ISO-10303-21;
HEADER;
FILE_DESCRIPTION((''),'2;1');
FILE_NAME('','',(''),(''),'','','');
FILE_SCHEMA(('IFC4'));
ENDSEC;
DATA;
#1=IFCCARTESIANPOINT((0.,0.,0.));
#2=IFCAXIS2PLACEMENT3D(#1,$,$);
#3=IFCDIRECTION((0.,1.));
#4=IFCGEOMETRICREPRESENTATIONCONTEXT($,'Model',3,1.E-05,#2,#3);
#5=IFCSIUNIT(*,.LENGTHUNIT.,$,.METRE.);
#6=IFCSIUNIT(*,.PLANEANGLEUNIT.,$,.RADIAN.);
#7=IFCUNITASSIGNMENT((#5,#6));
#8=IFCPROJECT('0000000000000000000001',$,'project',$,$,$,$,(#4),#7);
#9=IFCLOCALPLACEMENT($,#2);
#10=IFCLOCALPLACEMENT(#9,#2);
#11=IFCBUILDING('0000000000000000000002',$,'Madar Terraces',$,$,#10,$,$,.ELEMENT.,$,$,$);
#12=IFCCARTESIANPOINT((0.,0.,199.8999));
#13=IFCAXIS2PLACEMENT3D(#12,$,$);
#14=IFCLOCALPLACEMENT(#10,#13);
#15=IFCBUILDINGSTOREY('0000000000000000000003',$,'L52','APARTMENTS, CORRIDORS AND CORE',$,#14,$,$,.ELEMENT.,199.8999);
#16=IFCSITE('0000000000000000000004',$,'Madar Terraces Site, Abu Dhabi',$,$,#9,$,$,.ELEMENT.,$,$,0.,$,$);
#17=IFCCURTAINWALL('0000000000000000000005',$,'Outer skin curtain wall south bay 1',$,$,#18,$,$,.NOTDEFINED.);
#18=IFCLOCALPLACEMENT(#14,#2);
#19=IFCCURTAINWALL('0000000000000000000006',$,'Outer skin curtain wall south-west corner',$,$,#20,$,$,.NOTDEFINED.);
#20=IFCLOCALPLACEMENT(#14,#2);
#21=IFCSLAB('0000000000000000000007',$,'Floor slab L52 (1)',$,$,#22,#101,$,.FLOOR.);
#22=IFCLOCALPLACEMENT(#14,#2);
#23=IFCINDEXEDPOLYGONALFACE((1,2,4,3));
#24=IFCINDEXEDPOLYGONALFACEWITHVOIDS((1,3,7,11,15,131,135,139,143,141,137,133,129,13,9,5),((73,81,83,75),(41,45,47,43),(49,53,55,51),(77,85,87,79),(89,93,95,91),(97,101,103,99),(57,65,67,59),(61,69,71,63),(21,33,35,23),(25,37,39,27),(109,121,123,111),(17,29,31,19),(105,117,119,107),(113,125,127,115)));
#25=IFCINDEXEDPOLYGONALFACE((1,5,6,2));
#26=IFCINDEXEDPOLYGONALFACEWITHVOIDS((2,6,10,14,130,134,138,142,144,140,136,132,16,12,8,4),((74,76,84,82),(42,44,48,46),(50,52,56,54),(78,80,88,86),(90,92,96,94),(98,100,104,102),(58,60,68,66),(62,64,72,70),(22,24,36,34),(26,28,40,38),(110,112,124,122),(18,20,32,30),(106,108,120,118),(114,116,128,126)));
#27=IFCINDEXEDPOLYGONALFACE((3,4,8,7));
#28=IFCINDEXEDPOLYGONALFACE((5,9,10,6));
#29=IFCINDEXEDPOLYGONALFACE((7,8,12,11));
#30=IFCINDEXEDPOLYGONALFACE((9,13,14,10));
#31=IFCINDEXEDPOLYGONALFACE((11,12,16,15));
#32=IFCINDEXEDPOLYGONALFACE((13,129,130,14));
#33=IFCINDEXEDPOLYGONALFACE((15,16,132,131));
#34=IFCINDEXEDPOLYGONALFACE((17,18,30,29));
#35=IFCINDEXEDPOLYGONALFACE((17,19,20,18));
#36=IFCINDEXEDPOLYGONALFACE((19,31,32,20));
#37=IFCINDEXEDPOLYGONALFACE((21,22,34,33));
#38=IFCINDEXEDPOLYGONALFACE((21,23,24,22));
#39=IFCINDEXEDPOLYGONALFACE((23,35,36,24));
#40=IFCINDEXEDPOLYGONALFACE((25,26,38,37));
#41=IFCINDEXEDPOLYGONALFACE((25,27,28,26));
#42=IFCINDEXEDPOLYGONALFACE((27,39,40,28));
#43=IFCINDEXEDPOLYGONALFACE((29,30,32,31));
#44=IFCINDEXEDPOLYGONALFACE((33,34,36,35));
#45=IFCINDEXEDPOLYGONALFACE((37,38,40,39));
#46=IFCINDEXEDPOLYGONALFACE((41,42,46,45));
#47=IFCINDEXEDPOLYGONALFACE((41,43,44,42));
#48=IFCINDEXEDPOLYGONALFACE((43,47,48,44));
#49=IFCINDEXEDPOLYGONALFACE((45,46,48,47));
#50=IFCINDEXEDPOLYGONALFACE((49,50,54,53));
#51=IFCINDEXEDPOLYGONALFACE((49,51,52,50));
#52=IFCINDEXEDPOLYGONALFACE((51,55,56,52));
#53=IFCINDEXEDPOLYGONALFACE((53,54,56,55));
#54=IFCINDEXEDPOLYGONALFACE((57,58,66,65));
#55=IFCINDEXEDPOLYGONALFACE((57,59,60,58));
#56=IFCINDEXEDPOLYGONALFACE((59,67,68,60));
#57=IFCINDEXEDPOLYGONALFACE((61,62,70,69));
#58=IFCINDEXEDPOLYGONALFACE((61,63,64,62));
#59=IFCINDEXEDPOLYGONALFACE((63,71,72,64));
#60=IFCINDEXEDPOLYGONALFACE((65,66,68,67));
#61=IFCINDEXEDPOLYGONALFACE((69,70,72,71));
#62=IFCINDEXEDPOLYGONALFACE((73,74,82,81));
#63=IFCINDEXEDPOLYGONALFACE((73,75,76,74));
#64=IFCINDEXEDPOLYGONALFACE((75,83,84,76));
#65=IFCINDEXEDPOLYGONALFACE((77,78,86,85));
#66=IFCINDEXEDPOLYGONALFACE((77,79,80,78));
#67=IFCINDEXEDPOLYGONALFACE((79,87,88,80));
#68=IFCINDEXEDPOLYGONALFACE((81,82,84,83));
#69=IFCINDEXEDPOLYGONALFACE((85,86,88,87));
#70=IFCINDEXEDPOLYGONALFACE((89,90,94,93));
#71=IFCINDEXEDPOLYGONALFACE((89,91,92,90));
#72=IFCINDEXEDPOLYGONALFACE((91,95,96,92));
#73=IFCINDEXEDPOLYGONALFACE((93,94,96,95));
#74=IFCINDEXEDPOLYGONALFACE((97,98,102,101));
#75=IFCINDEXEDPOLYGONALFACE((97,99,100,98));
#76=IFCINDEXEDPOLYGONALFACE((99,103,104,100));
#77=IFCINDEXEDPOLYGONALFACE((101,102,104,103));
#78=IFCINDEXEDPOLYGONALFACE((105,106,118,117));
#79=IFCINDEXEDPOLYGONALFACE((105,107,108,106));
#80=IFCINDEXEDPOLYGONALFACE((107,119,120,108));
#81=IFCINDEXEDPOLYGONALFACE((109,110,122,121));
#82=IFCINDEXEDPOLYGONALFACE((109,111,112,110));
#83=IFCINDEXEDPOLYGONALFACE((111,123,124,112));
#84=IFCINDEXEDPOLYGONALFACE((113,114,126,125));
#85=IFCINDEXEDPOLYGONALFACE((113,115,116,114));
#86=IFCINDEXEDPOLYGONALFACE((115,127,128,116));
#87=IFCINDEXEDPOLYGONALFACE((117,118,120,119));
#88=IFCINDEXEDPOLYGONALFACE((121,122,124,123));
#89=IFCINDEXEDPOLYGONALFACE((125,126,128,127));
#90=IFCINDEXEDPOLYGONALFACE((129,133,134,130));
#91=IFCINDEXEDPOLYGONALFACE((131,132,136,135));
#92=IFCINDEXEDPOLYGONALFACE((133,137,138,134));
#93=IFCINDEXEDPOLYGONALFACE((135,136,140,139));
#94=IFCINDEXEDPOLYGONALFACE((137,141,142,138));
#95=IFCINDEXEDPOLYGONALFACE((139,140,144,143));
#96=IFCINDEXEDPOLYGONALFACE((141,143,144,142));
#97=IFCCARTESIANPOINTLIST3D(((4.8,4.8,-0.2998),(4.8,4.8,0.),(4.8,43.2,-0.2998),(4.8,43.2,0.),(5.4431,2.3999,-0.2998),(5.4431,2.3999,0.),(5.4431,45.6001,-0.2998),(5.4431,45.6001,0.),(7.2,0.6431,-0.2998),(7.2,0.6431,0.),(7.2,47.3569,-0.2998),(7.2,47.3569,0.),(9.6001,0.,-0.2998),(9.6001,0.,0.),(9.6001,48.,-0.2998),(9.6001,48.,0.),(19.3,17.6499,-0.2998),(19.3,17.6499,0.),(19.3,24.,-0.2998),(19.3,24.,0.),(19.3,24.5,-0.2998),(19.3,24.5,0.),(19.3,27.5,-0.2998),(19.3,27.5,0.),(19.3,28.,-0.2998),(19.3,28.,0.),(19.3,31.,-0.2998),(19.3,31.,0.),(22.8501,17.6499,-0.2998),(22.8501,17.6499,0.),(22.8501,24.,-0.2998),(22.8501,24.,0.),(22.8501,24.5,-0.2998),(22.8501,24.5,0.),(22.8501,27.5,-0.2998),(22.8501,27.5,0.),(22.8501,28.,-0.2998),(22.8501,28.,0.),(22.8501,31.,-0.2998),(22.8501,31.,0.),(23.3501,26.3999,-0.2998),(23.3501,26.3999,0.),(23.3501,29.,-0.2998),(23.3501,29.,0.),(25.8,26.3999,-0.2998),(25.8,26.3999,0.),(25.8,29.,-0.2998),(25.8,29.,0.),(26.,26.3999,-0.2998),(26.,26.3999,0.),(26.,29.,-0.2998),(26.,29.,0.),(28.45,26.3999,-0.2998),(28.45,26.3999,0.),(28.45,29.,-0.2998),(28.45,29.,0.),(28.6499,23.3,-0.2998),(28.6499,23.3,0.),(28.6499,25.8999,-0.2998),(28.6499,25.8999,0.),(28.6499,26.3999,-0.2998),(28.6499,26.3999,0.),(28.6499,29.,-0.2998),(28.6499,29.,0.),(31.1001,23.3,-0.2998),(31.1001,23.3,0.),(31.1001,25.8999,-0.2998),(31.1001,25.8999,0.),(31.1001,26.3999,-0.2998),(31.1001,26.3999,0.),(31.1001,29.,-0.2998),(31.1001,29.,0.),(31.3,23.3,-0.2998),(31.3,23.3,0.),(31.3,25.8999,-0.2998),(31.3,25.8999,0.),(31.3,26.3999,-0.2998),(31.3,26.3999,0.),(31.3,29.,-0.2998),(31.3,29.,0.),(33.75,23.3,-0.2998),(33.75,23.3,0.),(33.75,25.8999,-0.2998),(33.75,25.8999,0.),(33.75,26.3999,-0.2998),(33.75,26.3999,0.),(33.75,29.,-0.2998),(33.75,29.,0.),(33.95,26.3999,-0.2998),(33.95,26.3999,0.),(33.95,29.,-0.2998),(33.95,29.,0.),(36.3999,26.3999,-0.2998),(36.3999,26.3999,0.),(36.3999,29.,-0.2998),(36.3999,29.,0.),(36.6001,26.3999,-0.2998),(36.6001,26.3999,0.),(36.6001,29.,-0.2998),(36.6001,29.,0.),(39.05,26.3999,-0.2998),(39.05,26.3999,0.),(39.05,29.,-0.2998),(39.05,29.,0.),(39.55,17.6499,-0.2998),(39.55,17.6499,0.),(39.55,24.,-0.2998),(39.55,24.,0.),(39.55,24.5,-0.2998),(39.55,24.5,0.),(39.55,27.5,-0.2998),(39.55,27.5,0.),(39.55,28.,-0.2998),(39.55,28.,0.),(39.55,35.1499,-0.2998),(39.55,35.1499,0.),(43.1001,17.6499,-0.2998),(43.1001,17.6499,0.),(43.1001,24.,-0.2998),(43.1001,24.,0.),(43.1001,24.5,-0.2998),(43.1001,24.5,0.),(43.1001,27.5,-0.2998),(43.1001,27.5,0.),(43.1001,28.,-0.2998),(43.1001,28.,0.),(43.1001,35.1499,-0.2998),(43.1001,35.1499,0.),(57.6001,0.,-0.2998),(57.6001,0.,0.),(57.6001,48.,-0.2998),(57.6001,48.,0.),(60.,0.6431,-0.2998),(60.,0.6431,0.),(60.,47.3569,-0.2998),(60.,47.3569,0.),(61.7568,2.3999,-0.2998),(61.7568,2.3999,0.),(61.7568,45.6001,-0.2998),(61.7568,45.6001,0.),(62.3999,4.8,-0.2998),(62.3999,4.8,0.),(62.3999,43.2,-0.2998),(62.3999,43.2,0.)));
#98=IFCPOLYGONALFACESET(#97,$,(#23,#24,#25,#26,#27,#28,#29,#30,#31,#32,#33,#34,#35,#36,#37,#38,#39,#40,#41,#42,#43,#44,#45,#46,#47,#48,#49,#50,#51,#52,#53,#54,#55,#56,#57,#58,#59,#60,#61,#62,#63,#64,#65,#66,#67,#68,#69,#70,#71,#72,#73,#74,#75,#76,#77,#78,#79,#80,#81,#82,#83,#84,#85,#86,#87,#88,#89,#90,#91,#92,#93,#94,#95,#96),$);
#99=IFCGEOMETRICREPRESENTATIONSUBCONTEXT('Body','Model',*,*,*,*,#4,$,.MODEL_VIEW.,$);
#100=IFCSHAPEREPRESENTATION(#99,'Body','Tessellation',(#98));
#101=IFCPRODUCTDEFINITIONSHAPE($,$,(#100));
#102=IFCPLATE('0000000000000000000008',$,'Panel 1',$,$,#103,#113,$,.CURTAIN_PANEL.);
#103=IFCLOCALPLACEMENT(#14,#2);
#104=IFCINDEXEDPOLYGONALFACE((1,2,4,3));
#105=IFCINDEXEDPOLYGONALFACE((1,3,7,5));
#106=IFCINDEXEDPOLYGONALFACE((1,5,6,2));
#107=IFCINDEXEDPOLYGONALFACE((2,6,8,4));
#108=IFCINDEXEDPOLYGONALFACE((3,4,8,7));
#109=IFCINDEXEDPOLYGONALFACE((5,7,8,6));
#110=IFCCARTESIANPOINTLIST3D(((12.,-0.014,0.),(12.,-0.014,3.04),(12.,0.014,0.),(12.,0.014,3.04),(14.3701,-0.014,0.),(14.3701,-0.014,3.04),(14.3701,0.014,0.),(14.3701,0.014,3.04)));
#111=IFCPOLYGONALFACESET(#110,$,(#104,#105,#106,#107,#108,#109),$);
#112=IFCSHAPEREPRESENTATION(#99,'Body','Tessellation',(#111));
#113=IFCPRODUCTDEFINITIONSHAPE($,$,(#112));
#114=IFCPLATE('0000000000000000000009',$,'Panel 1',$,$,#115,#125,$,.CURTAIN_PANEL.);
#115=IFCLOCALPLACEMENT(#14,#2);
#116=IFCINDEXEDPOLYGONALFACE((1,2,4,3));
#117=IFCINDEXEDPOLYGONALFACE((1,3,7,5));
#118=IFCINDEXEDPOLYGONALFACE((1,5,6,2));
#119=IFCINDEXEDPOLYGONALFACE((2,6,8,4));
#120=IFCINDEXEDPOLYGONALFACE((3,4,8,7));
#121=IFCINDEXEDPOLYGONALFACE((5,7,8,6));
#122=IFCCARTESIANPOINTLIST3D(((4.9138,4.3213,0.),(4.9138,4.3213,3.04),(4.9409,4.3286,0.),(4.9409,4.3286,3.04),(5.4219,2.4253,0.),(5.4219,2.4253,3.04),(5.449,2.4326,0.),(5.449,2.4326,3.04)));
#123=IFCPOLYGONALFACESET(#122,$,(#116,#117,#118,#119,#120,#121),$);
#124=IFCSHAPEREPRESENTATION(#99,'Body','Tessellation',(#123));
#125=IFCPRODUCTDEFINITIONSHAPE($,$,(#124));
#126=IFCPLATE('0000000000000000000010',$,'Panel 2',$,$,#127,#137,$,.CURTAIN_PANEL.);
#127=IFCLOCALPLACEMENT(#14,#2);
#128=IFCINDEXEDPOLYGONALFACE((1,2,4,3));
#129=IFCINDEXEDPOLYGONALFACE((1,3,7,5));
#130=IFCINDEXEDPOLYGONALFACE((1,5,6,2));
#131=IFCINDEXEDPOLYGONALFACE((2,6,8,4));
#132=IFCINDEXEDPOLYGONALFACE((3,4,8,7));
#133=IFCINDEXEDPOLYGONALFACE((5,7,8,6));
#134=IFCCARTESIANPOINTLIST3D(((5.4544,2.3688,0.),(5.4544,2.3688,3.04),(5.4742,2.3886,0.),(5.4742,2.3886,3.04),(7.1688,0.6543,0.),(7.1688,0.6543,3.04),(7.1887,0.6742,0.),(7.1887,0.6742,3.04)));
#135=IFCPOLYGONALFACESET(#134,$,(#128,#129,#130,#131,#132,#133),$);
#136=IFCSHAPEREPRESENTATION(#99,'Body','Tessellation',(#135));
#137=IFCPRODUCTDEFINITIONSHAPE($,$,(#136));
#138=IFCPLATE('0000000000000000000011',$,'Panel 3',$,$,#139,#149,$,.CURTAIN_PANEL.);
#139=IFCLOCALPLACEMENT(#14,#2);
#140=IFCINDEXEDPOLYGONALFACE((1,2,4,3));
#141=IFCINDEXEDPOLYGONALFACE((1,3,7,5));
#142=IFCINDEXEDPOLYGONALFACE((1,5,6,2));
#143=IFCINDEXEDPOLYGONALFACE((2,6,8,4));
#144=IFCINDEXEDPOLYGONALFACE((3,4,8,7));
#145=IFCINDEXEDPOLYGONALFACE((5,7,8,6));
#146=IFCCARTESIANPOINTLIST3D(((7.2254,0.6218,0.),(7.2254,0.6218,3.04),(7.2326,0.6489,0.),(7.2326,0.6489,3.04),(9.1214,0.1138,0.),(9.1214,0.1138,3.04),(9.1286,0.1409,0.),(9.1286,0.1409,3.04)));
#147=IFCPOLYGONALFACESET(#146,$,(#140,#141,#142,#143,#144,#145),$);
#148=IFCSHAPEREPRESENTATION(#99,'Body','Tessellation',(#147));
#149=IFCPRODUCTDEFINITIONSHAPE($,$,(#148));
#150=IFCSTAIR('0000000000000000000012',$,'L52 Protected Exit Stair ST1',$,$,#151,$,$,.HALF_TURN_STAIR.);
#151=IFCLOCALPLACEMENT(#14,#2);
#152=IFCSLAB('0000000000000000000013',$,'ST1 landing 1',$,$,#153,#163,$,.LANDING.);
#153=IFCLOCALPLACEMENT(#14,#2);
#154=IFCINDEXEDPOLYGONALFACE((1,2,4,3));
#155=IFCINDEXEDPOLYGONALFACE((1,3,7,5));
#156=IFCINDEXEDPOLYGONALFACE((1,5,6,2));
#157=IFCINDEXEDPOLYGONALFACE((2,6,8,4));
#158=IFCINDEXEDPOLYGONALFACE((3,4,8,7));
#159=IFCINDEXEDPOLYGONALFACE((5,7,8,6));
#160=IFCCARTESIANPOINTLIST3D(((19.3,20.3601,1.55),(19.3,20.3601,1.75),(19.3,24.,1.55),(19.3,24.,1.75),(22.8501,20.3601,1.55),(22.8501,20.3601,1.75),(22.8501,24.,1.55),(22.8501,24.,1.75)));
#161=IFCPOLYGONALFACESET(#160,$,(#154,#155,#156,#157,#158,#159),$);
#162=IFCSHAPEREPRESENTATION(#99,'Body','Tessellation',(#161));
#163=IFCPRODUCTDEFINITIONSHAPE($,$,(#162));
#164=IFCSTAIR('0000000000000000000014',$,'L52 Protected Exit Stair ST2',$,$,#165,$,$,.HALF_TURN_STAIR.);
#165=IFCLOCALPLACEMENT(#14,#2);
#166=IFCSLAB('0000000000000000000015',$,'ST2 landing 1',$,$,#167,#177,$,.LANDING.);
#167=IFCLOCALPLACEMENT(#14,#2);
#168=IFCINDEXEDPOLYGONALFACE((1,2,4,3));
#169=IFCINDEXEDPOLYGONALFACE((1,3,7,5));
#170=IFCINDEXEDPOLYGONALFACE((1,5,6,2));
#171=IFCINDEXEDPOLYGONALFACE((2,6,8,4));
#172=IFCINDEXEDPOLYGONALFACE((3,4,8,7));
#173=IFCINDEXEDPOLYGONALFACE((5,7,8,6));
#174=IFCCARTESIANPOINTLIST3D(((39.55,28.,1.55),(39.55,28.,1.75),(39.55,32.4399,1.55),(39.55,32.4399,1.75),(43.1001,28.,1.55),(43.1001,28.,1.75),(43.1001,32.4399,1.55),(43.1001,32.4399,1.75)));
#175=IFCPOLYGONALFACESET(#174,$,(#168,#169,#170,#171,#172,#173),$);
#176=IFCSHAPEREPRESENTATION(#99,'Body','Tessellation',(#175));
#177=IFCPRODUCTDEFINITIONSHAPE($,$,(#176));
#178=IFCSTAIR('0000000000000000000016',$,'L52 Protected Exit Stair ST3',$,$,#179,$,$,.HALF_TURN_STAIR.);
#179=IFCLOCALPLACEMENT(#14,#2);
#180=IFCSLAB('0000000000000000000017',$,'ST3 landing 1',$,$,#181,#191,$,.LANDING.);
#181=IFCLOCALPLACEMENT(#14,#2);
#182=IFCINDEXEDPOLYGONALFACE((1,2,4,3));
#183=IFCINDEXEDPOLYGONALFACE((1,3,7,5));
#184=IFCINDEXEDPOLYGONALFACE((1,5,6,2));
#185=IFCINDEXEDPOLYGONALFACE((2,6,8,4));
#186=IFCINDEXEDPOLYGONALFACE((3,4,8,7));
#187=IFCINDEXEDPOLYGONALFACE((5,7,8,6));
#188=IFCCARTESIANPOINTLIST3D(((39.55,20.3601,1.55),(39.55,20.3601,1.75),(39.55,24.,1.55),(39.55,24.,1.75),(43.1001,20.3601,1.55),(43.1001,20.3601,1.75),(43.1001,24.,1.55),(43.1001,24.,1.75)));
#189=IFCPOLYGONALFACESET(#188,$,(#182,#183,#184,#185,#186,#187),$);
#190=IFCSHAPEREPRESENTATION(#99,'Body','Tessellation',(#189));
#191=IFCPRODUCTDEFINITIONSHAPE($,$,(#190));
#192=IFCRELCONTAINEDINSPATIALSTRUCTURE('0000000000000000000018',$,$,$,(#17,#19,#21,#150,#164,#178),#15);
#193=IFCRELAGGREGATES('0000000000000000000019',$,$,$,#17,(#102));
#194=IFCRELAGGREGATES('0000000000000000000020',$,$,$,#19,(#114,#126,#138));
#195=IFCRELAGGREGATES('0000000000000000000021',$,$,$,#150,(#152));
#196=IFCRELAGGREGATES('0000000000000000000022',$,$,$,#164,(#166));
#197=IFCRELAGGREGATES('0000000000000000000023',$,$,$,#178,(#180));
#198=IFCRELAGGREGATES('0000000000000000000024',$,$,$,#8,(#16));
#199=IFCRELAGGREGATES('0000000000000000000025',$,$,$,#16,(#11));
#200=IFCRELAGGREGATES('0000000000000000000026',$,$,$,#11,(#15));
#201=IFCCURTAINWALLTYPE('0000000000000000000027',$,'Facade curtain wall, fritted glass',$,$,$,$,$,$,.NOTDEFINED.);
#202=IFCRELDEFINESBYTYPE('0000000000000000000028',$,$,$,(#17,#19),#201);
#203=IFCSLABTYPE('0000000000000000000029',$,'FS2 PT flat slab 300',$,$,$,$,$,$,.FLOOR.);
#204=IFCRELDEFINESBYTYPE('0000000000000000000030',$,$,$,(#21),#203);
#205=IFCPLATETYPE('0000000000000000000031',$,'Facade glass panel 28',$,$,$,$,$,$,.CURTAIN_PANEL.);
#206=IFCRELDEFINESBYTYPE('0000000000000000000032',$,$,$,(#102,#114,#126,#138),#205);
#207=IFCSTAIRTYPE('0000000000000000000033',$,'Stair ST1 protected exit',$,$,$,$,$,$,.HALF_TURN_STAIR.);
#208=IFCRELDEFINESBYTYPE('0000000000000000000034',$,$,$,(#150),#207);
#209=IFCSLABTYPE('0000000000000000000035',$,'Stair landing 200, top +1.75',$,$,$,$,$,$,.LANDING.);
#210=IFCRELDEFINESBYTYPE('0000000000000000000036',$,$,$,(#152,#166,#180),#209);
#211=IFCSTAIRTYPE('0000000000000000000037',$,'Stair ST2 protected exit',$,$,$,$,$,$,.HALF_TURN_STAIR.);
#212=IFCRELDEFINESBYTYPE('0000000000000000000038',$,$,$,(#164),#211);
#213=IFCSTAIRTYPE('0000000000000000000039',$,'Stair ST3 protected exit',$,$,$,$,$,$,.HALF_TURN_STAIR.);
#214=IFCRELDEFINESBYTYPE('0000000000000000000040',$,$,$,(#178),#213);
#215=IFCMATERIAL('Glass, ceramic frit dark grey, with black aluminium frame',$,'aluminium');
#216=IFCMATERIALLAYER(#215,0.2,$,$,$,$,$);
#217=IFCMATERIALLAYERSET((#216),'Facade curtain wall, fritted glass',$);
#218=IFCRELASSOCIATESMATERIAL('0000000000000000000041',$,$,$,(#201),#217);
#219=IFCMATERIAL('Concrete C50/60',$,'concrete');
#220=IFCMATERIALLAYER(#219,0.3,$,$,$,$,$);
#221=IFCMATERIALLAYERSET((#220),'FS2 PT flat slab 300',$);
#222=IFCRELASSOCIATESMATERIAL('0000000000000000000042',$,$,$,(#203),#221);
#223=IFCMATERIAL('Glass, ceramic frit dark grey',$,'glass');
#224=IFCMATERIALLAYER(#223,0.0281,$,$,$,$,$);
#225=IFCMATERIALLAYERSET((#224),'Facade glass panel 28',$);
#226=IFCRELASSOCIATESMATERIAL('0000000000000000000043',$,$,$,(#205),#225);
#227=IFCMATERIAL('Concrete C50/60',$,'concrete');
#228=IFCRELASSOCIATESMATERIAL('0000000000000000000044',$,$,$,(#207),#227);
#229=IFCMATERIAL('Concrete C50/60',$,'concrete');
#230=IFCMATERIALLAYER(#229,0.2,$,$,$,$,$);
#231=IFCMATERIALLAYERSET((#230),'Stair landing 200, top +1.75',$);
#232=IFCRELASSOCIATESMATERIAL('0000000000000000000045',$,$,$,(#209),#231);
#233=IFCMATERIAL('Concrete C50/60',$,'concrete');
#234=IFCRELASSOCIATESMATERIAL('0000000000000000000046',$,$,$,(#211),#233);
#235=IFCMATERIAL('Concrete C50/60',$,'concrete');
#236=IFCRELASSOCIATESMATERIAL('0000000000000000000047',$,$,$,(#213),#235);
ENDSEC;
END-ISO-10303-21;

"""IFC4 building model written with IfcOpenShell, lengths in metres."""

from ifc_helpers import new_model, si_unit, direction, frame, origin, origin_2d, place, context, subcontext, project, spatial, polyline, rectangle, outline, extrude, material, layer, layer_set, type_object, element, aggregate, save


model = new_model("IFC4")

# Units and contexts
model_context = context("Model", 3, precision=1e-05, world=origin(), true_north=direction((0.0, 1.0)))
body_context = subcontext(model_context, "Body", "Model", "MODEL_VIEW")
ifc_project = project(units=[si_unit("LENGTHUNIT", "METRE"), si_unit("PLANEANGLEUNIT", "RADIAN")], contexts=[model_context])

# Site, building, storey
site_placement = place(None, origin())
site = spatial("IfcSite", under=ifc_project, at=site_placement, Name="Madar Terraces Site, Abu Dhabi", CompositionType="ELEMENT", RefElevation=0.0)
building_placement = place(site_placement, origin())
building = spatial("IfcBuilding", under=site, at=building_placement, Name="Madar Terraces", CompositionType="ELEMENT")
storey_placement = place(building_placement, frame((0.0, 0.0, 199.8999)))
storey = spatial("IfcBuildingStorey", under=building, at=storey_placement, Name="L52", Description="APARTMENTS, CORRIDORS AND CORE", CompositionType="ELEMENT", Elevation=199.8999)

# Curtain wall
ifc_material_1 = material(Name="Glass, ceramic frit dark grey, with black aluminium frame", Category="aluminium")
ifc_layer_1 = layer(ifc_material_1, 0.2)
ifc_layer_set_1 = layer_set([ifc_layer_1], Name="Facade curtain wall, fritted glass")
curtain_wall_type = type_object("IfcCurtainWallType", Name="Facade curtain wall, fritted glass", PredefinedType="NOTDEFINED", material=ifc_layer_set_1)
curtain_wall_1_placement = place(storey_placement, origin())
curtain_wall_1 = element("IfcCurtainWall", 1, at=curtain_wall_1_placement, inside=storey, type_object=curtain_wall_type, Name="Outer skin curtain wall south bay 1", PredefinedType="NOTDEFINED")

# Curtain wall
curtain_wall_2_placement = place(storey_placement, origin())
curtain_wall_2 = element("IfcCurtainWall", 2, at=curtain_wall_2_placement, inside=storey, type_object=curtain_wall_type, Name="Outer skin curtain wall south-west corner", PredefinedType="NOTDEFINED")

# Slab
ifc_material_2 = material(Name="Concrete C50/60", Category="concrete")
ifc_layer_2 = layer(ifc_material_2, 0.3)
ifc_layer_set_2 = layer_set([ifc_layer_2], Name="FS2 PT flat slab 300")
slab_type_1 = type_object("IfcSlabType", Name="FS2 PT flat slab 300", PredefinedType="FLOOR", material=ifc_layer_set_2)
slab_1_placement = place(storey_placement, frame((0.0, 0.0, -0.2998)))
element("IfcSlab", 3, at=slab_1_placement, inside=storey, type_object=slab_type_1, Name="Floor slab L52 (1)", PredefinedType="FLOOR", context=body_context, shape_type="SweptSolid", body=[
    extrude(outline(polyline([(57.6001, 0.0), (60.0, 0.6431), (61.7568, 2.3999), (62.3999, 4.8), (62.3999, 43.2), (61.7568, 45.6001), (60.0, 47.3569), (57.6001, 48.0), (9.6001, 48.0), (7.2, 47.3569), (5.4431, 45.6001), (4.8, 43.2), (4.8, 4.8), (5.4431, 2.3999), (7.2, 0.6431), (9.6001, 0.0), (57.6001, 0.0)]), holes=[polyline([(22.8501, 17.6499), (19.3, 17.6499), (19.3, 24.0), (22.8501, 24.0), (22.8501, 17.6499)]), polyline([(28.6499, 23.3), (28.6499, 25.8999), (31.1001, 25.8999), (31.1001, 23.3), (28.6499, 23.3)]), polyline([(19.3, 24.5), (19.3, 27.5), (22.8501, 27.5), (22.8501, 24.5), (19.3, 24.5)]), polyline([(23.3501, 26.3999), (23.3501, 29.0), (25.8, 29.0), (25.8, 26.3999), (23.3501, 26.3999)]), polyline([(26.0, 26.3999), (26.0, 29.0), (28.45, 29.0), (28.45, 26.3999), (26.0, 26.3999)]), polyline([(28.6499, 26.3999), (28.6499, 29.0), (31.1001, 29.0), (31.1001, 26.3999), (28.6499, 26.3999)]), polyline([(19.3, 28.0), (19.3, 31.0), (22.8501, 31.0), (22.8501, 28.0), (19.3, 28.0)]), polyline([(43.1001, 17.6499), (39.55, 17.6499), (39.55, 24.0), (43.1001, 24.0), (43.1001, 17.6499)]), polyline([(31.3, 23.3), (31.3, 25.8999), (33.75, 25.8999), (33.75, 23.3), (31.3, 23.3)]), polyline([(39.55, 24.5), (39.55, 27.5), (43.1001, 27.5), (43.1001, 24.5), (39.55, 24.5)]), polyline([(31.3, 26.3999), (31.3, 29.0), (33.75, 29.0), (33.75, 26.3999), (31.3, 26.3999)]), polyline([(33.95, 26.3999), (33.95, 29.0), (36.3999, 29.0), (36.3999, 26.3999), (33.95, 26.3999)]), polyline([(36.6001, 26.3999), (36.6001, 29.0), (39.05, 29.0), (39.05, 26.3999), (36.6001, 26.3999)]), polyline([(39.55, 28.0), (39.55, 35.1499), (43.1001, 35.1499), (43.1001, 28.0), (39.55, 28.0)])]), origin(), (0.0, 0.0, 1.0), 0.2998),
])

# Plates
ifc_material_3 = material(Name="Glass, ceramic frit dark grey", Category="glass")
ifc_layer_3 = layer(ifc_material_3, 0.0281)
ifc_layer_set_3 = layer_set([ifc_layer_3], Name="Facade glass panel 28")
plate_type = type_object("IfcPlateType", Name="Facade glass panel 28", PredefinedType="CURTAIN_PANEL", material=ifc_layer_set_3)
plate_1_placement = place(storey_placement, frame((13.1851, 0.0, 0.0), z_axis=(0.0, 0.0, 1.0), x_axis=(1.0, 0.0, 0.0)))
plate_1 = element("IfcPlate", 4, at=plate_1_placement, type_object=plate_type, Name="Panel 1", PredefinedType="CURTAIN_PANEL", context=body_context, shape_type="SweptSolid", body=[
    extrude(rectangle(XDim=2.3701, YDim=0.0281, at=origin_2d()), origin(), (0.0, 0.0, 1.0), 3.04),
])
aggregate(curtain_wall_1, [plate_1])
plate_2_placement = place(storey_placement, frame((5.1814, 3.377, 0.0), z_axis=(0.0, 0.0, 1.0), x_axis=(0.258819, -0.965926, 0.0)))
plate_2 = element("IfcPlate", 5, at=plate_2_placement, type_object=plate_type, Name="Panel 1", PredefinedType="CURTAIN_PANEL", context=body_context, shape_type="SweptSolid", body=[
    extrude(rectangle(XDim=1.9629, YDim=0.0281, at=origin_2d()), origin(), (0.0, 0.0, 1.0), 3.04),
])
plate_3_placement = place(storey_placement, frame((6.3215, 1.5215, 0.0), z_axis=(0.0, 0.0, 1.0), x_axis=(0.707107, -0.707107, 0.0)))
plate_3 = element("IfcPlate", 6, at=plate_3_placement, type_object=plate_type, Name="Panel 2", PredefinedType="CURTAIN_PANEL", context=body_context, shape_type="SweptSolid", body=[
    extrude(rectangle(XDim=2.4246, YDim=0.0281, at=origin_2d()), origin(), (0.0, 0.0, 1.0), 3.04),
])
plate_4_placement = place(storey_placement, frame((8.177, 0.3813, 0.0), z_axis=(0.0, 0.0, 1.0), x_axis=(0.965926, -0.258819, 0.0)))
plate_4 = element("IfcPlate", 7, at=plate_4_placement, type_object=plate_type, Name="Panel 3", PredefinedType="CURTAIN_PANEL", context=body_context, shape_type="SweptSolid", body=[
    extrude(rectangle(XDim=1.9629, YDim=0.0281, at=origin_2d()), origin(), (0.0, 0.0, 1.0), 3.04),
])
aggregate(curtain_wall_2, [plate_2, plate_3, plate_4])

# Stairs, slabs
ifc_material_4 = material(Name="Concrete C50/60", Category="concrete")
stair_type_1 = type_object("IfcStairType", Name="Stair ST1 protected exit", PredefinedType="HALF_TURN_STAIR", material=ifc_material_4)
stair_1_placement = place(storey_placement, origin())
stair_1 = element("IfcStair", 8, at=stair_1_placement, inside=storey, type_object=stair_type_1, Name="L52 Protected Exit Stair ST1", PredefinedType="HALF_TURN_STAIR")
ifc_material_5 = material(Name="Concrete C50/60", Category="concrete")
ifc_layer_4 = layer(ifc_material_5, 0.2)
ifc_layer_set_4 = layer_set([ifc_layer_4], Name="Stair landing 200, top +1.75")
slab_type_2 = type_object("IfcSlabType", Name="Stair landing 200, top +1.75", PredefinedType="LANDING", material=ifc_layer_set_4)
slab_2_placement = place(storey_placement, frame((0.0, 0.0, 1.55)))
slab_2 = element("IfcSlab", 9, at=slab_2_placement, type_object=slab_type_2, Name="ST1 landing 1", PredefinedType="LANDING", context=body_context, shape_type="SweptSolid", body=[
    extrude(outline(polyline([(19.3, 20.3601), (22.8501, 20.3601), (22.8501, 24.0), (19.3, 24.0), (19.3, 20.3601)])), origin(), (0.0, 0.0, 1.0), 0.2),
])
aggregate(stair_1, [slab_2])
ifc_material_6 = material(Name="Concrete C50/60", Category="concrete")
stair_type_2 = type_object("IfcStairType", Name="Stair ST2 protected exit", PredefinedType="HALF_TURN_STAIR", material=ifc_material_6)
stair_2_placement = place(storey_placement, origin())
stair_2 = element("IfcStair", 10, at=stair_2_placement, inside=storey, type_object=stair_type_2, Name="L52 Protected Exit Stair ST2", PredefinedType="HALF_TURN_STAIR")
slab_3_placement = place(storey_placement, frame((0.0, 0.0, 1.55)))
slab_3 = element("IfcSlab", 11, at=slab_3_placement, type_object=slab_type_2, Name="ST2 landing 1", PredefinedType="LANDING", context=body_context, shape_type="SweptSolid", body=[
    extrude(outline(polyline([(39.55, 28.0), (43.1001, 28.0), (43.1001, 32.4399), (39.55, 32.4399), (39.55, 28.0)])), origin(), (0.0, 0.0, 1.0), 0.2),
])
aggregate(stair_2, [slab_3])
ifc_material_7 = material(Name="Concrete C50/60", Category="concrete")
stair_type_3 = type_object("IfcStairType", Name="Stair ST3 protected exit", PredefinedType="HALF_TURN_STAIR", material=ifc_material_7)
stair_3_placement = place(storey_placement, origin())
stair_3 = element("IfcStair", 12, at=stair_3_placement, inside=storey, type_object=stair_type_3, Name="L52 Protected Exit Stair ST3", PredefinedType="HALF_TURN_STAIR")
slab_4_placement = place(storey_placement, frame((0.0, 0.0, 1.55)))
slab_4 = element("IfcSlab", 13, at=slab_4_placement, type_object=slab_type_2, Name="ST3 landing 1", PredefinedType="LANDING", context=body_context, shape_type="SweptSolid", body=[
    extrude(outline(polyline([(39.55, 20.3601), (43.1001, 20.3601), (43.1001, 24.0), (39.55, 24.0), (39.55, 20.3601)])), origin(), (0.0, 0.0, 1.0), 0.2),
])
aggregate(stair_3, [slab_4])

save(model, "model.ifc")
